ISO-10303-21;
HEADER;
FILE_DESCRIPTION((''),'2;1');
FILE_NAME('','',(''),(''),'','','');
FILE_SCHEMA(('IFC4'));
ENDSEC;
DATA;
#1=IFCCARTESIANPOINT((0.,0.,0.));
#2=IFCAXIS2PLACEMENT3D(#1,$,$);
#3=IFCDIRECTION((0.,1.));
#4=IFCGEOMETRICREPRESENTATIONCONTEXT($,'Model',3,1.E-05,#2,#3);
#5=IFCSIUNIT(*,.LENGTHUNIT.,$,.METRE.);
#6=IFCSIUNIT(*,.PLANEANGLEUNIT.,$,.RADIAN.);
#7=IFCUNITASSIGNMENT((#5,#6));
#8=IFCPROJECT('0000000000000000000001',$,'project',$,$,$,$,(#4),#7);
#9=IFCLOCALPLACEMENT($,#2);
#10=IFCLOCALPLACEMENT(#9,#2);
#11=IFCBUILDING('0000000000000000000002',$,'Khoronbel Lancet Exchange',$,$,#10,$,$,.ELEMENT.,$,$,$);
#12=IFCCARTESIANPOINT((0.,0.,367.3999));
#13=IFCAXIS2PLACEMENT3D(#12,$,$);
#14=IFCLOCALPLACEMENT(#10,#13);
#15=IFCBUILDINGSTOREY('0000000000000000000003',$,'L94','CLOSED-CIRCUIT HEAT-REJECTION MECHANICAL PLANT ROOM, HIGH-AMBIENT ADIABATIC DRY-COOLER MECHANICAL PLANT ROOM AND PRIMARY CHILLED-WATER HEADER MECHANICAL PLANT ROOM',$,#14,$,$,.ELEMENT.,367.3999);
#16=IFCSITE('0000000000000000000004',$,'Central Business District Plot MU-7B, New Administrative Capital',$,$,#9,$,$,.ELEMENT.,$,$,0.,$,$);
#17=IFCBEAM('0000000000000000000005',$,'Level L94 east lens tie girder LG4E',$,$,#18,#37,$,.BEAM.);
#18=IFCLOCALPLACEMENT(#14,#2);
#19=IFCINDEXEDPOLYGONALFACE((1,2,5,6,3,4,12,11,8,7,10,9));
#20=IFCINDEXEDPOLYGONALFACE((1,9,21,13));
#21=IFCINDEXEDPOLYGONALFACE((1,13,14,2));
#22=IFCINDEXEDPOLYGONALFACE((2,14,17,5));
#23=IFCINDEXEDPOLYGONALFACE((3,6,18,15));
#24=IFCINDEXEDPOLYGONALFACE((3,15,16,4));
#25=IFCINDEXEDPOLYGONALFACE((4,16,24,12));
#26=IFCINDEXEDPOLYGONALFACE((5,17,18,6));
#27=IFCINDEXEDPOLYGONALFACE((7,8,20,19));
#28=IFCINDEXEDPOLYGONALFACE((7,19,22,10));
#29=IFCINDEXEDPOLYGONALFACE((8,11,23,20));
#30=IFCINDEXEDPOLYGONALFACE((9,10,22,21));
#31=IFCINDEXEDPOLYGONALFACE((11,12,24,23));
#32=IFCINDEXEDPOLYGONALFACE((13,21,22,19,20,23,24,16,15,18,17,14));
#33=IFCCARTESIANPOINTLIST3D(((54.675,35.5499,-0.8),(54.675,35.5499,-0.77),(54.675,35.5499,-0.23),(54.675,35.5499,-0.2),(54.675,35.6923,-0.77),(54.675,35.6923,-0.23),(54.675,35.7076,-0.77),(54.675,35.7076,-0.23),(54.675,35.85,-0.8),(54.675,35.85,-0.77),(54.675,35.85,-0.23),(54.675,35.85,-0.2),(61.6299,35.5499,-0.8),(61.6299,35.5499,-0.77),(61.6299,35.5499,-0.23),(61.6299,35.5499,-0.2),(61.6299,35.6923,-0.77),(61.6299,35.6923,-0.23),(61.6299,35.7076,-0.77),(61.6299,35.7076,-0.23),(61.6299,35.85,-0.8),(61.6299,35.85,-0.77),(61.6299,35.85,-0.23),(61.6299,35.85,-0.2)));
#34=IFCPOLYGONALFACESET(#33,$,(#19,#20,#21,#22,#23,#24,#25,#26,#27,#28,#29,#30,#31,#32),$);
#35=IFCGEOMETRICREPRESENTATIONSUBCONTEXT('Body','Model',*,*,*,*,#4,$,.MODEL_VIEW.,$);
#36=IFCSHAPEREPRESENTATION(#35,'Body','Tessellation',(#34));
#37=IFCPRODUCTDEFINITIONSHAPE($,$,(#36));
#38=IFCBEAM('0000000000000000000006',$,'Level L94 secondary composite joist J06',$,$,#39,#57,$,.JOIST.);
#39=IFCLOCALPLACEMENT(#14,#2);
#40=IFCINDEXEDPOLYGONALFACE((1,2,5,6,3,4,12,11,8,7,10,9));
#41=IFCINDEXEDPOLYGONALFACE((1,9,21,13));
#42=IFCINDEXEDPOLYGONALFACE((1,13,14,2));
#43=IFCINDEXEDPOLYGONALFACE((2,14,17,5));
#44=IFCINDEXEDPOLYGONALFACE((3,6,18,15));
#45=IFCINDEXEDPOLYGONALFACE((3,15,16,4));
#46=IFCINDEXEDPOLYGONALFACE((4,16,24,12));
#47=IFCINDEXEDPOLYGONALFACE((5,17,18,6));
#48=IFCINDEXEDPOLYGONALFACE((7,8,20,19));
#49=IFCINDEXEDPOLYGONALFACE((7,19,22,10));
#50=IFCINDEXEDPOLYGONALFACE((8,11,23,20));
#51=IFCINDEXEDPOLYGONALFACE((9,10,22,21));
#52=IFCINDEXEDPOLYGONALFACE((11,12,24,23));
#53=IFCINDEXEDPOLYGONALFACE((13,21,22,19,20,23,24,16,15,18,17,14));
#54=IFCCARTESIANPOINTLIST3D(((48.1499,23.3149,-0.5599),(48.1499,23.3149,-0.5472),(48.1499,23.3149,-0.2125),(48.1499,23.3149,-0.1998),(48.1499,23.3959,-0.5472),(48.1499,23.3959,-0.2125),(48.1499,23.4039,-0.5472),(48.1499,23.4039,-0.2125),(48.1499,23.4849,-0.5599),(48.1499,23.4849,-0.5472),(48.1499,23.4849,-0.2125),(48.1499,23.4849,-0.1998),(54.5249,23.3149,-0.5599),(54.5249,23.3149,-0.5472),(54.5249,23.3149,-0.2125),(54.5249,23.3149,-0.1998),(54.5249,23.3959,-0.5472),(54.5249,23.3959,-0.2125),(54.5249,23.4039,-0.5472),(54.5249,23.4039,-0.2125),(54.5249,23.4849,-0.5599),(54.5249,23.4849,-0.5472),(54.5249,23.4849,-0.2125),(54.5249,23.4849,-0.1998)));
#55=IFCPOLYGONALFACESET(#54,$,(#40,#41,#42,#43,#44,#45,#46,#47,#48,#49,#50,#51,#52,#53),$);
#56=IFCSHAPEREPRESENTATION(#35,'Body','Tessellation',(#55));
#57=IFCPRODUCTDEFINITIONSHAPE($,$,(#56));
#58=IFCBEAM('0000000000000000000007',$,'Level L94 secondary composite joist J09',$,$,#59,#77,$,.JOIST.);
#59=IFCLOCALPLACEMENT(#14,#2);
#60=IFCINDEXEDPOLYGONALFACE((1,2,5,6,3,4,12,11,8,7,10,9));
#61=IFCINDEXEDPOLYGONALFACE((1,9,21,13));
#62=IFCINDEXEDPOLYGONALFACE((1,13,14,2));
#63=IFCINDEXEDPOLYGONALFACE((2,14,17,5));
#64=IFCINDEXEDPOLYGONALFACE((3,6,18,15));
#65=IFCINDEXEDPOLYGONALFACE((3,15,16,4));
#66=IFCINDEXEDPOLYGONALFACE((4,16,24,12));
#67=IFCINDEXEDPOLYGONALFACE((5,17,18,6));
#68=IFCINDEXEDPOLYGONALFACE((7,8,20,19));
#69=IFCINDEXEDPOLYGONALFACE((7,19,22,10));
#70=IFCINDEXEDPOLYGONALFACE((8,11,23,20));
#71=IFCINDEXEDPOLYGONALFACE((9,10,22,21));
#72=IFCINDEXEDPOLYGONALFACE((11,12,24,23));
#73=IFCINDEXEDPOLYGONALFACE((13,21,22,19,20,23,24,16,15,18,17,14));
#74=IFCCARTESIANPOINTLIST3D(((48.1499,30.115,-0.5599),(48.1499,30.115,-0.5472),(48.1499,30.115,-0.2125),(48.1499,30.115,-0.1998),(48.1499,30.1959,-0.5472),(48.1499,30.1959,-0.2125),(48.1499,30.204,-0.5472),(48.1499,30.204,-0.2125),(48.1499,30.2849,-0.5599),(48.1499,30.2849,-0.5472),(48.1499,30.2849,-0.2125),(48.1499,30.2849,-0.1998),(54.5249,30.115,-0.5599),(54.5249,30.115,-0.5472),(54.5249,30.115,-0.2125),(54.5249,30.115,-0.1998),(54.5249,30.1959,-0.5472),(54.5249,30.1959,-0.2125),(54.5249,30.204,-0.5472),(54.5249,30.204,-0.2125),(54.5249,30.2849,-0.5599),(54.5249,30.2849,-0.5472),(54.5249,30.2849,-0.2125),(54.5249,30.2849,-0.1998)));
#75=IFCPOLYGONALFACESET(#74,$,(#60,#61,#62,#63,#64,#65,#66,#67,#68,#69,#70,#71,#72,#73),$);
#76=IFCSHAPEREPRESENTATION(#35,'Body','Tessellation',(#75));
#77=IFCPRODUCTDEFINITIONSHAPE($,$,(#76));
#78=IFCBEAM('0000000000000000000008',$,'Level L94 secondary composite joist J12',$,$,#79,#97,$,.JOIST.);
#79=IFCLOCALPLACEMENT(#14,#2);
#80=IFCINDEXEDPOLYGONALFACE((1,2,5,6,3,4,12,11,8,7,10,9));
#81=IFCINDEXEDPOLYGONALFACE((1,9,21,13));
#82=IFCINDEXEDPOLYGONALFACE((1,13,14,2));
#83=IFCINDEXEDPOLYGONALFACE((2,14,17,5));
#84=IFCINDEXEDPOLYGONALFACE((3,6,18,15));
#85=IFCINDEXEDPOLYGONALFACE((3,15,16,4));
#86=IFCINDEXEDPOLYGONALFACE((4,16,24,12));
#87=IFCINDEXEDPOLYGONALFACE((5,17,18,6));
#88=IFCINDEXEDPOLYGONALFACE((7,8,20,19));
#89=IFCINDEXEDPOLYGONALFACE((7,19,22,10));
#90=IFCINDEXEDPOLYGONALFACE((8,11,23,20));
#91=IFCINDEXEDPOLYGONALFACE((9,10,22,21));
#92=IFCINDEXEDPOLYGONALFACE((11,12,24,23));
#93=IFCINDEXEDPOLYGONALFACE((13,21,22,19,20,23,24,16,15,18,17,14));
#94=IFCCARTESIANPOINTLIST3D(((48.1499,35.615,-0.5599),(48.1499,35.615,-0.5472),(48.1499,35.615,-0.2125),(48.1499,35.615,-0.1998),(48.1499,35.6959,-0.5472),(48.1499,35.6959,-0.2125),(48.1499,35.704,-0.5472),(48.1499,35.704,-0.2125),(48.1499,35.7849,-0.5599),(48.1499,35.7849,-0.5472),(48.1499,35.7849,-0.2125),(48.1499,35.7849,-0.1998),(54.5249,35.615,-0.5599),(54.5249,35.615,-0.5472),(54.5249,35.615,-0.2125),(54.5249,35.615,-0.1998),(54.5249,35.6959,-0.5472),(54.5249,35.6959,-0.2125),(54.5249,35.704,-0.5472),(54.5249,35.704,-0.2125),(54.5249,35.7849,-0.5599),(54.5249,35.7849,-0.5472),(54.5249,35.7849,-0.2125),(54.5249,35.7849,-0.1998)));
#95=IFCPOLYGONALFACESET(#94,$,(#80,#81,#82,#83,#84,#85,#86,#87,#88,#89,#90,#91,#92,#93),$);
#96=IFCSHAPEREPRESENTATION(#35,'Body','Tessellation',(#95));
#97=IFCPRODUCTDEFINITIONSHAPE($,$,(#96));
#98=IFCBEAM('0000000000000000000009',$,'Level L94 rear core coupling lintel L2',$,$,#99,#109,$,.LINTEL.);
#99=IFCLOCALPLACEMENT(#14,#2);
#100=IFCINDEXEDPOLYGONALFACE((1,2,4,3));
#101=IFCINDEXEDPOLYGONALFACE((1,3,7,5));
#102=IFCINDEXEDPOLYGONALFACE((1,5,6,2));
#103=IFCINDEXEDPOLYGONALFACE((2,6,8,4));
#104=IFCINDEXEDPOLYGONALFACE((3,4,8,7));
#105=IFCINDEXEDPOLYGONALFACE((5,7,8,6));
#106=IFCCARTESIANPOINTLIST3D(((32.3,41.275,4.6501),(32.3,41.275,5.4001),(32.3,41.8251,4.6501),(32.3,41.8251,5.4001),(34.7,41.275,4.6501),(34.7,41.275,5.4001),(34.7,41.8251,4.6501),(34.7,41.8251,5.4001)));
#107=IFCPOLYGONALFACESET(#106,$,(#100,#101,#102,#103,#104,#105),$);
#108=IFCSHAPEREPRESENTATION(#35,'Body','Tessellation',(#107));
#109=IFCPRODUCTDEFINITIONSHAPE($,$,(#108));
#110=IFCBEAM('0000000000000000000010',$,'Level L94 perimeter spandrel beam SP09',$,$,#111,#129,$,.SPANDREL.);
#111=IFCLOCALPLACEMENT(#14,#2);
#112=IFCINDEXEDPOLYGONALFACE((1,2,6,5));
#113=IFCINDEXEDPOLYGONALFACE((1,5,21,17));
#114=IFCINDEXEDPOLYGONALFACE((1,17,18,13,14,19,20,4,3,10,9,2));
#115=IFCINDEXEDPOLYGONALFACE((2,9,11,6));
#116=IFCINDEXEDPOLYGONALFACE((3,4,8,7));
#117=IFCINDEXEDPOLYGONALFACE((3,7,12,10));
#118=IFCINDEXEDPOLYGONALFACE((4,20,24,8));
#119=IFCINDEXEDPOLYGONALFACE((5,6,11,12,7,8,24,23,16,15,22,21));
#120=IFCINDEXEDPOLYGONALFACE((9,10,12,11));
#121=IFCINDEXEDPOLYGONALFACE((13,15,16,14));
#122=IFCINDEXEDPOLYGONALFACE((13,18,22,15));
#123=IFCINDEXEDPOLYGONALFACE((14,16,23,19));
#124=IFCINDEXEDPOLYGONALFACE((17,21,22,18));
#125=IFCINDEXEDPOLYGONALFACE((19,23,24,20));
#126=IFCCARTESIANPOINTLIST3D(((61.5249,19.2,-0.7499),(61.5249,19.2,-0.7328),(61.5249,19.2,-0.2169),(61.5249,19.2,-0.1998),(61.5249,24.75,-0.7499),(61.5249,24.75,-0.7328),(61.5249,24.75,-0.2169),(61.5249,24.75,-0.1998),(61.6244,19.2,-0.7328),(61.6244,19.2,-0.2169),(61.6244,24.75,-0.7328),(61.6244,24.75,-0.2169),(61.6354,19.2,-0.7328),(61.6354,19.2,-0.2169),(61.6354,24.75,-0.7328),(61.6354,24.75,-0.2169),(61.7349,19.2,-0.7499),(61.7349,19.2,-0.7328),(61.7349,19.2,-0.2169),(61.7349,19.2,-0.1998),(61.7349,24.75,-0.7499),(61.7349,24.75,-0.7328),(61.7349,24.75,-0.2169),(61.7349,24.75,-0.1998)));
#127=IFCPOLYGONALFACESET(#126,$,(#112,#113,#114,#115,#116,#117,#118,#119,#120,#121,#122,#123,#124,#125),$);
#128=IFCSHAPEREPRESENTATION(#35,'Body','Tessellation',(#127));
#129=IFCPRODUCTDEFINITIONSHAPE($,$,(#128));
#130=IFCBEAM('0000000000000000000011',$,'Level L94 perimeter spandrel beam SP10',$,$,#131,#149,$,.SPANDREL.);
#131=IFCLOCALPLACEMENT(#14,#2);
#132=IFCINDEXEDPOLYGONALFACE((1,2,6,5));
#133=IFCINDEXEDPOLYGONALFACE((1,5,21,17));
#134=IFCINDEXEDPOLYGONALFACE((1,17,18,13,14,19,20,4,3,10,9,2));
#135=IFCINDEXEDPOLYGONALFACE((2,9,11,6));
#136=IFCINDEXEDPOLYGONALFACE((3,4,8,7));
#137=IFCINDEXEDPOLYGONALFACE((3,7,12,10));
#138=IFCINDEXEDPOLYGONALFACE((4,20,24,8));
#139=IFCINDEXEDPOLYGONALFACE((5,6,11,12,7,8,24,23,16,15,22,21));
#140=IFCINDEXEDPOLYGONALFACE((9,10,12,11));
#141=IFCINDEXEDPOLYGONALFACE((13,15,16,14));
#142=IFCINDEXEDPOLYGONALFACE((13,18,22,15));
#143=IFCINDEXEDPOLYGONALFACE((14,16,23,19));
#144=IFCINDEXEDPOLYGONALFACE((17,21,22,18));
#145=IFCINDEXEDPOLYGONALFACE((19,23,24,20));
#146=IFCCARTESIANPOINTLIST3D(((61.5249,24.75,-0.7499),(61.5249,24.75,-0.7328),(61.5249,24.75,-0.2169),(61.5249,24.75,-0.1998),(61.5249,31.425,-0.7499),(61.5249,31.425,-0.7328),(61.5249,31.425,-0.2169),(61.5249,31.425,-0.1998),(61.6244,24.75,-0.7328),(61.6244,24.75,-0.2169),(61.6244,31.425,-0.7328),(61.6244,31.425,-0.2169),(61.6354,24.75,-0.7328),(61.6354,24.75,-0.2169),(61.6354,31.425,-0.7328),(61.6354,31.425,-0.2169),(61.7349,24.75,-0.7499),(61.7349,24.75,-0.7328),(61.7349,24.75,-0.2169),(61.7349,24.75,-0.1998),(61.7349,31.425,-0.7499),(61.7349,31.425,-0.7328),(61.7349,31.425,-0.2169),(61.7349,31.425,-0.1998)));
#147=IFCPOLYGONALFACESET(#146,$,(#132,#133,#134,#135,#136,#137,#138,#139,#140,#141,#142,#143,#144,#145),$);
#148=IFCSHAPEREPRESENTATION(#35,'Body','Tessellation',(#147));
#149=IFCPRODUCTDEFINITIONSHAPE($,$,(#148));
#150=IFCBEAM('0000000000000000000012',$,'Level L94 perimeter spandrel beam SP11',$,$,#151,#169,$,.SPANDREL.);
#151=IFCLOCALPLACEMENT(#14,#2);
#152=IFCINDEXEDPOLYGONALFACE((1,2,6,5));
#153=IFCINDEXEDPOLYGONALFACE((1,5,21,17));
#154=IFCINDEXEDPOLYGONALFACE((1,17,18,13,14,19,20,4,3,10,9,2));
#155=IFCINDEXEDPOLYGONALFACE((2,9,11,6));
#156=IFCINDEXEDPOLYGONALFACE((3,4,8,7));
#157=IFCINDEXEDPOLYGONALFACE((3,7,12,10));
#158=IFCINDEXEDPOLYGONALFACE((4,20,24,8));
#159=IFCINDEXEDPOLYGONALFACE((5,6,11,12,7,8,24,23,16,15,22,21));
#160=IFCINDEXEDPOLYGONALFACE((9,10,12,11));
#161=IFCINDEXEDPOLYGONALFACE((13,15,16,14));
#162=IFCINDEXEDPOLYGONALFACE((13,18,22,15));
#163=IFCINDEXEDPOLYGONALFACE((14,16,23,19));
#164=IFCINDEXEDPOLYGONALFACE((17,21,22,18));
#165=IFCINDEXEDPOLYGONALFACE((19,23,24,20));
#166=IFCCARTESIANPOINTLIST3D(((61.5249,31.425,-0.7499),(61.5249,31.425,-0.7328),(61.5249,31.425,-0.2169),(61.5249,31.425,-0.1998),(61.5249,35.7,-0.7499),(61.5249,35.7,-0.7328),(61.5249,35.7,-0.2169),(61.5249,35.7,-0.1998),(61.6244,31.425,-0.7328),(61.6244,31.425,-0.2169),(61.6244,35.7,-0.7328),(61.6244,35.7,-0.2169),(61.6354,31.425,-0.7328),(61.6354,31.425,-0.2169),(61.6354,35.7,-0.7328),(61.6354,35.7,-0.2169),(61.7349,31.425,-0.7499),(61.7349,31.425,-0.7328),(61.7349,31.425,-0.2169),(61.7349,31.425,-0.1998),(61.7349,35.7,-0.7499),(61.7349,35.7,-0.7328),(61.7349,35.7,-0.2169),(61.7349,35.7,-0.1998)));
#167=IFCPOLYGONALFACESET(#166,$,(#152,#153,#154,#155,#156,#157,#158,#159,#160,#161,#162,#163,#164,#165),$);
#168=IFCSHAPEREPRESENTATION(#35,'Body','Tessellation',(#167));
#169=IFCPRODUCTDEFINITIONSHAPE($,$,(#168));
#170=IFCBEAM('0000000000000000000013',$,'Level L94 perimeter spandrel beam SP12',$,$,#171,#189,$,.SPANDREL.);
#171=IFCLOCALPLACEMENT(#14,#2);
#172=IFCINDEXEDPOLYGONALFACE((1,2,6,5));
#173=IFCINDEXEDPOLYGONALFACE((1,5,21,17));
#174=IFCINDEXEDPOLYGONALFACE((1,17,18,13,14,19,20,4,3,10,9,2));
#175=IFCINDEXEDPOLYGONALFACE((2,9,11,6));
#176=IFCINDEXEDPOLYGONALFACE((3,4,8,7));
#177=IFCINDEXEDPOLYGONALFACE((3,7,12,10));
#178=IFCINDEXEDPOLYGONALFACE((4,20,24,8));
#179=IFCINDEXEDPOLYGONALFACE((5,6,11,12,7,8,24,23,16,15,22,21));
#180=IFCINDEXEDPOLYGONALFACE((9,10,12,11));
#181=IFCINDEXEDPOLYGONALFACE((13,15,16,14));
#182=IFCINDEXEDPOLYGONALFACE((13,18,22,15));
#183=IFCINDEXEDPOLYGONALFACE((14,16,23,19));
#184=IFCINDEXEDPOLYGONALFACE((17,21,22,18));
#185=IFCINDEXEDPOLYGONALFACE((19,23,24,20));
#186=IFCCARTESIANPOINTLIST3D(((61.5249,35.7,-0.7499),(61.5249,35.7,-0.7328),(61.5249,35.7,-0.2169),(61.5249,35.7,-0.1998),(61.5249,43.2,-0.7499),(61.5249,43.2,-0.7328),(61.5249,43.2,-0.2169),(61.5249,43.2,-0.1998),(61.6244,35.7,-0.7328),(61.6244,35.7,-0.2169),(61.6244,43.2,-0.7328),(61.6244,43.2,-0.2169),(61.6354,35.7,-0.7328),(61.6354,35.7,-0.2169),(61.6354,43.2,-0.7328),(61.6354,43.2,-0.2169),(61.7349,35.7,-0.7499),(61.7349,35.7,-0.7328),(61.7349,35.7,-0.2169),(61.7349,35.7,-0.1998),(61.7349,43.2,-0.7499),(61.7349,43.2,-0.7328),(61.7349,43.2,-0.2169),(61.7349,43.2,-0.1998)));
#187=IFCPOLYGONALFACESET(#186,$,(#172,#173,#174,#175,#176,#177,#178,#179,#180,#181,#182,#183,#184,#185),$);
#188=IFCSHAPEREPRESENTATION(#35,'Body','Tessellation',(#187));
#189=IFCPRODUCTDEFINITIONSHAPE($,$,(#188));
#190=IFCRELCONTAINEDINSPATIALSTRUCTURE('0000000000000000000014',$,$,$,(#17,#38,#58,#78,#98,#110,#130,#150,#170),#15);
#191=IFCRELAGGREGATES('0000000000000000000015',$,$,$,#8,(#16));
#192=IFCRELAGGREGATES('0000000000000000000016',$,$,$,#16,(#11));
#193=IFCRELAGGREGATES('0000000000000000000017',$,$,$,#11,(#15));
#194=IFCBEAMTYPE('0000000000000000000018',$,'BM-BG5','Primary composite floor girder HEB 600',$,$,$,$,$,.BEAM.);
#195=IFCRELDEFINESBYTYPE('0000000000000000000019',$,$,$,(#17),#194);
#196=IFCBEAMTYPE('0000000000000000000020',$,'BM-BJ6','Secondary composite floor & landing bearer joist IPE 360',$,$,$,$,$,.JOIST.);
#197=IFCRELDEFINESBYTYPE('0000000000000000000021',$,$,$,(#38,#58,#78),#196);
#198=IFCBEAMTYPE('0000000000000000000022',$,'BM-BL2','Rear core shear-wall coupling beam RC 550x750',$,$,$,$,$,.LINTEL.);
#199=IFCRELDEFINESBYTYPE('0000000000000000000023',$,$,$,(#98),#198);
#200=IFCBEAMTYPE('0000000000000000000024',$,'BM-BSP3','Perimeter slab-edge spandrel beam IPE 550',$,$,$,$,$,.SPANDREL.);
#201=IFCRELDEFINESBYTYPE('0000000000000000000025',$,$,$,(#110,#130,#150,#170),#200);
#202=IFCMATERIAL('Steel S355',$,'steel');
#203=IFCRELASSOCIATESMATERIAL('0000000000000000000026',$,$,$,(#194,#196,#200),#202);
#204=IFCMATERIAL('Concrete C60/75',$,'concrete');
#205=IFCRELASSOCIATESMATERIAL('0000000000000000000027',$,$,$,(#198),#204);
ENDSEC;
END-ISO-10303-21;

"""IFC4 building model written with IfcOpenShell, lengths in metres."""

from ifc_helpers import new_model, si_unit, direction, frame, origin, origin_2d, place, context, subcontext, project, spatial, rectangle, i_section, extrude, material, material_profile, profile_set, type_object, element, save


model = new_model("IFC4")

# Units and contexts
model_context = context("Model", 3, precision=1e-05, world=origin(), true_north=direction((0.0, 1.0)))
body_context = subcontext(model_context, "Body", "Model", "MODEL_VIEW")
ifc_project = project(units=[si_unit("LENGTHUNIT", "METRE"), si_unit("PLANEANGLEUNIT", "RADIAN")], contexts=[model_context])

# Site, building, storey
site_placement = place(None, origin())
site = spatial("IfcSite", under=ifc_project, at=site_placement, Name="Central Business District Plot MU-7B, New Administrative Capital", CompositionType="ELEMENT", RefElevation=0.0)
building_placement = place(site_placement, origin())
building = spatial("IfcBuilding", under=site, at=building_placement, Name="Khoronbel Lancet Exchange", CompositionType="ELEMENT")
storey_placement = place(building_placement, frame((0.0, 0.0, 367.3999)))
storey = spatial("IfcBuildingStorey", under=building, at=storey_placement, Name="L94", Description="CLOSED-CIRCUIT HEAT-REJECTION MECHANICAL PLANT ROOM, HIGH-AMBIENT ADIABATIC DRY-COOLER MECHANICAL PLANT ROOM AND PRIMARY CHILLED-WATER HEADER MECHANICAL PLANT ROOM", CompositionType="ELEMENT", Elevation=367.3999)

# Shared definitions
ifc_material_1 = material(Name="Steel S355", Category="steel")

# Beams
ifc_material_profile_1 = material_profile(ifc_material_1, i_section(OverallWidth=0.3, OverallDepth=0.6001, WebThickness=0.0154, FlangeThickness=0.03, at=origin_2d()), Name="HEB 600")
ifc_profile_set_1 = profile_set([ifc_material_profile_1], Name="Steel S355")
beam_type_1 = type_object("IfcBeamType", Name="BM-BG5", Description="Primary composite floor girder HEB 600", PredefinedType="BEAM", material=ifc_profile_set_1)
for number, where, z_axis, x_axis, name in (
    (1, (54.675, 35.7, -0.5), (1.0, 0.0, 0.0), (0.0, 1.0, 0.0), "Level L94 east lens tie girder LG4E"),
):
    element("IfcBeam", number, at=place(storey_placement, frame(where, z_axis=z_axis, x_axis=x_axis)), inside=storey, type_object=beam_type_1, Name=name, PredefinedType="BEAM", context=body_context, shape_type="SweptSolid", body=[
        extrude(i_section(OverallWidth=0.3, OverallDepth=0.6001, WebThickness=0.0154, FlangeThickness=0.03, at=origin_2d()), origin(), (0.0, 0.0, 1.0), 6.9548),
    ])
ifc_material_profile_2 = material_profile(ifc_material_1, i_section(OverallWidth=0.1699, OverallDepth=0.3601, WebThickness=0.0081, FlangeThickness=0.0127, at=origin_2d()), Name="IPE 360")
ifc_profile_set_2 = profile_set([ifc_material_profile_2], Name="Steel S355")
beam_type_2 = type_object("IfcBeamType", Name="BM-BJ6", Description="Secondary composite floor & landing bearer joist IPE 360", PredefinedType="JOIST", material=ifc_profile_set_2)
for number, where, z_axis, x_axis, name in (
    (2, (48.1499, 23.3999, -0.3799), (1.0, 0.0, 0.0), (0.0, 1.0, 0.0), "Level L94 secondary composite joist J06"),
    (3, (48.1499, 30.2, -0.3799), (1.0, 0.0, 0.0), (0.0, 1.0, 0.0), "Level L94 secondary composite joist J09"),
    (4, (48.1499, 35.7, -0.3799), (1.0, 0.0, 0.0), (0.0, 1.0, 0.0), "Level L94 secondary composite joist J12"),
):
    element("IfcBeam", number, at=place(storey_placement, frame(where, z_axis=z_axis, x_axis=x_axis)), inside=storey, type_object=beam_type_2, Name=name, PredefinedType="JOIST", context=body_context, shape_type="SweptSolid", body=[
        extrude(i_section(OverallWidth=0.1699, OverallDepth=0.3601, WebThickness=0.0081, FlangeThickness=0.0127, at=origin_2d()), origin(), (0.0, 0.0, 1.0), 6.375),
    ])
ifc_material_2 = material(Name="Concrete C60/75", Category="concrete")
ifc_material_profile_3 = material_profile(ifc_material_2, rectangle(XDim=0.55, YDim=0.75, at=origin_2d()), Name="RC 550x750")
ifc_profile_set_3 = profile_set([ifc_material_profile_3], Name="Concrete C60/75")
beam_type_3 = type_object("IfcBeamType", Name="BM-BL2", Description="Rear core shear-wall coupling beam RC 550x750", PredefinedType="LINTEL", material=ifc_profile_set_3)
beam_1_placement = place(storey_placement, frame((32.3, 41.55, 5.0251), z_axis=(1.0, 0.0, 0.0), x_axis=(0.0, 1.0, 0.0)))
element("IfcBeam", 5, at=beam_1_placement, inside=storey, type_object=beam_type_3, Name="Level L94 rear core coupling lintel L2", PredefinedType="LINTEL", context=body_context, shape_type="SweptSolid", body=[
    extrude(rectangle(XDim=0.55, YDim=0.75, at=origin_2d()), origin(), (0.0, 0.0, 1.0), 2.3999),
])
ifc_material_profile_4 = material_profile(ifc_material_1, i_section(OverallWidth=0.21, OverallDepth=0.55, WebThickness=0.011, FlangeThickness=0.0171, at=origin_2d()), Name="IPE 550")
ifc_profile_set_4 = profile_set([ifc_material_profile_4], Name="Steel S355")
beam_type_4 = type_object("IfcBeamType", Name="BM-BSP3", Description="Perimeter slab-edge spandrel beam IPE 550", PredefinedType="SPANDREL", material=ifc_profile_set_4)
beam_2_placement = place(storey_placement, frame((61.6299, 19.2, -0.4749), z_axis=(0.0, 1.0, 0.0), x_axis=(-1.0, 0.0, 0.0)))
element("IfcBeam", 6, at=beam_2_placement, inside=storey, type_object=beam_type_4, Name="Level L94 perimeter spandrel beam SP09", PredefinedType="SPANDREL", context=body_context, shape_type="SweptSolid", body=[
    extrude(i_section(OverallWidth=0.21, OverallDepth=0.55, WebThickness=0.011, FlangeThickness=0.0171, at=origin_2d()), origin(), (0.0, 0.0, 1.0), 5.55),
])
beam_3_placement = place(storey_placement, frame((61.6299, 24.75, -0.4749), z_axis=(0.0, 1.0, 0.0), x_axis=(-1.0, 0.0, 0.0)))
element("IfcBeam", 7, at=beam_3_placement, inside=storey, type_object=beam_type_4, Name="Level L94 perimeter spandrel beam SP10", PredefinedType="SPANDREL", context=body_context, shape_type="SweptSolid", body=[
    extrude(i_section(OverallWidth=0.21, OverallDepth=0.55, WebThickness=0.011, FlangeThickness=0.0171, at=origin_2d()), origin(), (0.0, 0.0, 1.0), 6.675),
])
beam_4_placement = place(storey_placement, frame((61.6299, 31.425, -0.4749), z_axis=(0.0, 1.0, 0.0), x_axis=(-1.0, 0.0, 0.0)))
element("IfcBeam", 8, at=beam_4_placement, inside=storey, type_object=beam_type_4, Name="Level L94 perimeter spandrel beam SP11", PredefinedType="SPANDREL", context=body_context, shape_type="SweptSolid", body=[
    extrude(i_section(OverallWidth=0.21, OverallDepth=0.55, WebThickness=0.011, FlangeThickness=0.0171, at=origin_2d()), origin(), (0.0, 0.0, 1.0), 4.2749),
])
beam_5_placement = place(storey_placement, frame((61.6299, 35.7, -0.4749), z_axis=(0.0, 1.0, 0.0), x_axis=(-1.0, 0.0, 0.0)))
element("IfcBeam", 9, at=beam_5_placement, inside=storey, type_object=beam_type_4, Name="Level L94 perimeter spandrel beam SP12", PredefinedType="SPANDREL", context=body_context, shape_type="SweptSolid", body=[
    extrude(i_section(OverallWidth=0.21, OverallDepth=0.55, WebThickness=0.011, FlangeThickness=0.0171, at=origin_2d()), origin(), (0.0, 0.0, 1.0), 7.5),
])

save(model, "model.ifc")
